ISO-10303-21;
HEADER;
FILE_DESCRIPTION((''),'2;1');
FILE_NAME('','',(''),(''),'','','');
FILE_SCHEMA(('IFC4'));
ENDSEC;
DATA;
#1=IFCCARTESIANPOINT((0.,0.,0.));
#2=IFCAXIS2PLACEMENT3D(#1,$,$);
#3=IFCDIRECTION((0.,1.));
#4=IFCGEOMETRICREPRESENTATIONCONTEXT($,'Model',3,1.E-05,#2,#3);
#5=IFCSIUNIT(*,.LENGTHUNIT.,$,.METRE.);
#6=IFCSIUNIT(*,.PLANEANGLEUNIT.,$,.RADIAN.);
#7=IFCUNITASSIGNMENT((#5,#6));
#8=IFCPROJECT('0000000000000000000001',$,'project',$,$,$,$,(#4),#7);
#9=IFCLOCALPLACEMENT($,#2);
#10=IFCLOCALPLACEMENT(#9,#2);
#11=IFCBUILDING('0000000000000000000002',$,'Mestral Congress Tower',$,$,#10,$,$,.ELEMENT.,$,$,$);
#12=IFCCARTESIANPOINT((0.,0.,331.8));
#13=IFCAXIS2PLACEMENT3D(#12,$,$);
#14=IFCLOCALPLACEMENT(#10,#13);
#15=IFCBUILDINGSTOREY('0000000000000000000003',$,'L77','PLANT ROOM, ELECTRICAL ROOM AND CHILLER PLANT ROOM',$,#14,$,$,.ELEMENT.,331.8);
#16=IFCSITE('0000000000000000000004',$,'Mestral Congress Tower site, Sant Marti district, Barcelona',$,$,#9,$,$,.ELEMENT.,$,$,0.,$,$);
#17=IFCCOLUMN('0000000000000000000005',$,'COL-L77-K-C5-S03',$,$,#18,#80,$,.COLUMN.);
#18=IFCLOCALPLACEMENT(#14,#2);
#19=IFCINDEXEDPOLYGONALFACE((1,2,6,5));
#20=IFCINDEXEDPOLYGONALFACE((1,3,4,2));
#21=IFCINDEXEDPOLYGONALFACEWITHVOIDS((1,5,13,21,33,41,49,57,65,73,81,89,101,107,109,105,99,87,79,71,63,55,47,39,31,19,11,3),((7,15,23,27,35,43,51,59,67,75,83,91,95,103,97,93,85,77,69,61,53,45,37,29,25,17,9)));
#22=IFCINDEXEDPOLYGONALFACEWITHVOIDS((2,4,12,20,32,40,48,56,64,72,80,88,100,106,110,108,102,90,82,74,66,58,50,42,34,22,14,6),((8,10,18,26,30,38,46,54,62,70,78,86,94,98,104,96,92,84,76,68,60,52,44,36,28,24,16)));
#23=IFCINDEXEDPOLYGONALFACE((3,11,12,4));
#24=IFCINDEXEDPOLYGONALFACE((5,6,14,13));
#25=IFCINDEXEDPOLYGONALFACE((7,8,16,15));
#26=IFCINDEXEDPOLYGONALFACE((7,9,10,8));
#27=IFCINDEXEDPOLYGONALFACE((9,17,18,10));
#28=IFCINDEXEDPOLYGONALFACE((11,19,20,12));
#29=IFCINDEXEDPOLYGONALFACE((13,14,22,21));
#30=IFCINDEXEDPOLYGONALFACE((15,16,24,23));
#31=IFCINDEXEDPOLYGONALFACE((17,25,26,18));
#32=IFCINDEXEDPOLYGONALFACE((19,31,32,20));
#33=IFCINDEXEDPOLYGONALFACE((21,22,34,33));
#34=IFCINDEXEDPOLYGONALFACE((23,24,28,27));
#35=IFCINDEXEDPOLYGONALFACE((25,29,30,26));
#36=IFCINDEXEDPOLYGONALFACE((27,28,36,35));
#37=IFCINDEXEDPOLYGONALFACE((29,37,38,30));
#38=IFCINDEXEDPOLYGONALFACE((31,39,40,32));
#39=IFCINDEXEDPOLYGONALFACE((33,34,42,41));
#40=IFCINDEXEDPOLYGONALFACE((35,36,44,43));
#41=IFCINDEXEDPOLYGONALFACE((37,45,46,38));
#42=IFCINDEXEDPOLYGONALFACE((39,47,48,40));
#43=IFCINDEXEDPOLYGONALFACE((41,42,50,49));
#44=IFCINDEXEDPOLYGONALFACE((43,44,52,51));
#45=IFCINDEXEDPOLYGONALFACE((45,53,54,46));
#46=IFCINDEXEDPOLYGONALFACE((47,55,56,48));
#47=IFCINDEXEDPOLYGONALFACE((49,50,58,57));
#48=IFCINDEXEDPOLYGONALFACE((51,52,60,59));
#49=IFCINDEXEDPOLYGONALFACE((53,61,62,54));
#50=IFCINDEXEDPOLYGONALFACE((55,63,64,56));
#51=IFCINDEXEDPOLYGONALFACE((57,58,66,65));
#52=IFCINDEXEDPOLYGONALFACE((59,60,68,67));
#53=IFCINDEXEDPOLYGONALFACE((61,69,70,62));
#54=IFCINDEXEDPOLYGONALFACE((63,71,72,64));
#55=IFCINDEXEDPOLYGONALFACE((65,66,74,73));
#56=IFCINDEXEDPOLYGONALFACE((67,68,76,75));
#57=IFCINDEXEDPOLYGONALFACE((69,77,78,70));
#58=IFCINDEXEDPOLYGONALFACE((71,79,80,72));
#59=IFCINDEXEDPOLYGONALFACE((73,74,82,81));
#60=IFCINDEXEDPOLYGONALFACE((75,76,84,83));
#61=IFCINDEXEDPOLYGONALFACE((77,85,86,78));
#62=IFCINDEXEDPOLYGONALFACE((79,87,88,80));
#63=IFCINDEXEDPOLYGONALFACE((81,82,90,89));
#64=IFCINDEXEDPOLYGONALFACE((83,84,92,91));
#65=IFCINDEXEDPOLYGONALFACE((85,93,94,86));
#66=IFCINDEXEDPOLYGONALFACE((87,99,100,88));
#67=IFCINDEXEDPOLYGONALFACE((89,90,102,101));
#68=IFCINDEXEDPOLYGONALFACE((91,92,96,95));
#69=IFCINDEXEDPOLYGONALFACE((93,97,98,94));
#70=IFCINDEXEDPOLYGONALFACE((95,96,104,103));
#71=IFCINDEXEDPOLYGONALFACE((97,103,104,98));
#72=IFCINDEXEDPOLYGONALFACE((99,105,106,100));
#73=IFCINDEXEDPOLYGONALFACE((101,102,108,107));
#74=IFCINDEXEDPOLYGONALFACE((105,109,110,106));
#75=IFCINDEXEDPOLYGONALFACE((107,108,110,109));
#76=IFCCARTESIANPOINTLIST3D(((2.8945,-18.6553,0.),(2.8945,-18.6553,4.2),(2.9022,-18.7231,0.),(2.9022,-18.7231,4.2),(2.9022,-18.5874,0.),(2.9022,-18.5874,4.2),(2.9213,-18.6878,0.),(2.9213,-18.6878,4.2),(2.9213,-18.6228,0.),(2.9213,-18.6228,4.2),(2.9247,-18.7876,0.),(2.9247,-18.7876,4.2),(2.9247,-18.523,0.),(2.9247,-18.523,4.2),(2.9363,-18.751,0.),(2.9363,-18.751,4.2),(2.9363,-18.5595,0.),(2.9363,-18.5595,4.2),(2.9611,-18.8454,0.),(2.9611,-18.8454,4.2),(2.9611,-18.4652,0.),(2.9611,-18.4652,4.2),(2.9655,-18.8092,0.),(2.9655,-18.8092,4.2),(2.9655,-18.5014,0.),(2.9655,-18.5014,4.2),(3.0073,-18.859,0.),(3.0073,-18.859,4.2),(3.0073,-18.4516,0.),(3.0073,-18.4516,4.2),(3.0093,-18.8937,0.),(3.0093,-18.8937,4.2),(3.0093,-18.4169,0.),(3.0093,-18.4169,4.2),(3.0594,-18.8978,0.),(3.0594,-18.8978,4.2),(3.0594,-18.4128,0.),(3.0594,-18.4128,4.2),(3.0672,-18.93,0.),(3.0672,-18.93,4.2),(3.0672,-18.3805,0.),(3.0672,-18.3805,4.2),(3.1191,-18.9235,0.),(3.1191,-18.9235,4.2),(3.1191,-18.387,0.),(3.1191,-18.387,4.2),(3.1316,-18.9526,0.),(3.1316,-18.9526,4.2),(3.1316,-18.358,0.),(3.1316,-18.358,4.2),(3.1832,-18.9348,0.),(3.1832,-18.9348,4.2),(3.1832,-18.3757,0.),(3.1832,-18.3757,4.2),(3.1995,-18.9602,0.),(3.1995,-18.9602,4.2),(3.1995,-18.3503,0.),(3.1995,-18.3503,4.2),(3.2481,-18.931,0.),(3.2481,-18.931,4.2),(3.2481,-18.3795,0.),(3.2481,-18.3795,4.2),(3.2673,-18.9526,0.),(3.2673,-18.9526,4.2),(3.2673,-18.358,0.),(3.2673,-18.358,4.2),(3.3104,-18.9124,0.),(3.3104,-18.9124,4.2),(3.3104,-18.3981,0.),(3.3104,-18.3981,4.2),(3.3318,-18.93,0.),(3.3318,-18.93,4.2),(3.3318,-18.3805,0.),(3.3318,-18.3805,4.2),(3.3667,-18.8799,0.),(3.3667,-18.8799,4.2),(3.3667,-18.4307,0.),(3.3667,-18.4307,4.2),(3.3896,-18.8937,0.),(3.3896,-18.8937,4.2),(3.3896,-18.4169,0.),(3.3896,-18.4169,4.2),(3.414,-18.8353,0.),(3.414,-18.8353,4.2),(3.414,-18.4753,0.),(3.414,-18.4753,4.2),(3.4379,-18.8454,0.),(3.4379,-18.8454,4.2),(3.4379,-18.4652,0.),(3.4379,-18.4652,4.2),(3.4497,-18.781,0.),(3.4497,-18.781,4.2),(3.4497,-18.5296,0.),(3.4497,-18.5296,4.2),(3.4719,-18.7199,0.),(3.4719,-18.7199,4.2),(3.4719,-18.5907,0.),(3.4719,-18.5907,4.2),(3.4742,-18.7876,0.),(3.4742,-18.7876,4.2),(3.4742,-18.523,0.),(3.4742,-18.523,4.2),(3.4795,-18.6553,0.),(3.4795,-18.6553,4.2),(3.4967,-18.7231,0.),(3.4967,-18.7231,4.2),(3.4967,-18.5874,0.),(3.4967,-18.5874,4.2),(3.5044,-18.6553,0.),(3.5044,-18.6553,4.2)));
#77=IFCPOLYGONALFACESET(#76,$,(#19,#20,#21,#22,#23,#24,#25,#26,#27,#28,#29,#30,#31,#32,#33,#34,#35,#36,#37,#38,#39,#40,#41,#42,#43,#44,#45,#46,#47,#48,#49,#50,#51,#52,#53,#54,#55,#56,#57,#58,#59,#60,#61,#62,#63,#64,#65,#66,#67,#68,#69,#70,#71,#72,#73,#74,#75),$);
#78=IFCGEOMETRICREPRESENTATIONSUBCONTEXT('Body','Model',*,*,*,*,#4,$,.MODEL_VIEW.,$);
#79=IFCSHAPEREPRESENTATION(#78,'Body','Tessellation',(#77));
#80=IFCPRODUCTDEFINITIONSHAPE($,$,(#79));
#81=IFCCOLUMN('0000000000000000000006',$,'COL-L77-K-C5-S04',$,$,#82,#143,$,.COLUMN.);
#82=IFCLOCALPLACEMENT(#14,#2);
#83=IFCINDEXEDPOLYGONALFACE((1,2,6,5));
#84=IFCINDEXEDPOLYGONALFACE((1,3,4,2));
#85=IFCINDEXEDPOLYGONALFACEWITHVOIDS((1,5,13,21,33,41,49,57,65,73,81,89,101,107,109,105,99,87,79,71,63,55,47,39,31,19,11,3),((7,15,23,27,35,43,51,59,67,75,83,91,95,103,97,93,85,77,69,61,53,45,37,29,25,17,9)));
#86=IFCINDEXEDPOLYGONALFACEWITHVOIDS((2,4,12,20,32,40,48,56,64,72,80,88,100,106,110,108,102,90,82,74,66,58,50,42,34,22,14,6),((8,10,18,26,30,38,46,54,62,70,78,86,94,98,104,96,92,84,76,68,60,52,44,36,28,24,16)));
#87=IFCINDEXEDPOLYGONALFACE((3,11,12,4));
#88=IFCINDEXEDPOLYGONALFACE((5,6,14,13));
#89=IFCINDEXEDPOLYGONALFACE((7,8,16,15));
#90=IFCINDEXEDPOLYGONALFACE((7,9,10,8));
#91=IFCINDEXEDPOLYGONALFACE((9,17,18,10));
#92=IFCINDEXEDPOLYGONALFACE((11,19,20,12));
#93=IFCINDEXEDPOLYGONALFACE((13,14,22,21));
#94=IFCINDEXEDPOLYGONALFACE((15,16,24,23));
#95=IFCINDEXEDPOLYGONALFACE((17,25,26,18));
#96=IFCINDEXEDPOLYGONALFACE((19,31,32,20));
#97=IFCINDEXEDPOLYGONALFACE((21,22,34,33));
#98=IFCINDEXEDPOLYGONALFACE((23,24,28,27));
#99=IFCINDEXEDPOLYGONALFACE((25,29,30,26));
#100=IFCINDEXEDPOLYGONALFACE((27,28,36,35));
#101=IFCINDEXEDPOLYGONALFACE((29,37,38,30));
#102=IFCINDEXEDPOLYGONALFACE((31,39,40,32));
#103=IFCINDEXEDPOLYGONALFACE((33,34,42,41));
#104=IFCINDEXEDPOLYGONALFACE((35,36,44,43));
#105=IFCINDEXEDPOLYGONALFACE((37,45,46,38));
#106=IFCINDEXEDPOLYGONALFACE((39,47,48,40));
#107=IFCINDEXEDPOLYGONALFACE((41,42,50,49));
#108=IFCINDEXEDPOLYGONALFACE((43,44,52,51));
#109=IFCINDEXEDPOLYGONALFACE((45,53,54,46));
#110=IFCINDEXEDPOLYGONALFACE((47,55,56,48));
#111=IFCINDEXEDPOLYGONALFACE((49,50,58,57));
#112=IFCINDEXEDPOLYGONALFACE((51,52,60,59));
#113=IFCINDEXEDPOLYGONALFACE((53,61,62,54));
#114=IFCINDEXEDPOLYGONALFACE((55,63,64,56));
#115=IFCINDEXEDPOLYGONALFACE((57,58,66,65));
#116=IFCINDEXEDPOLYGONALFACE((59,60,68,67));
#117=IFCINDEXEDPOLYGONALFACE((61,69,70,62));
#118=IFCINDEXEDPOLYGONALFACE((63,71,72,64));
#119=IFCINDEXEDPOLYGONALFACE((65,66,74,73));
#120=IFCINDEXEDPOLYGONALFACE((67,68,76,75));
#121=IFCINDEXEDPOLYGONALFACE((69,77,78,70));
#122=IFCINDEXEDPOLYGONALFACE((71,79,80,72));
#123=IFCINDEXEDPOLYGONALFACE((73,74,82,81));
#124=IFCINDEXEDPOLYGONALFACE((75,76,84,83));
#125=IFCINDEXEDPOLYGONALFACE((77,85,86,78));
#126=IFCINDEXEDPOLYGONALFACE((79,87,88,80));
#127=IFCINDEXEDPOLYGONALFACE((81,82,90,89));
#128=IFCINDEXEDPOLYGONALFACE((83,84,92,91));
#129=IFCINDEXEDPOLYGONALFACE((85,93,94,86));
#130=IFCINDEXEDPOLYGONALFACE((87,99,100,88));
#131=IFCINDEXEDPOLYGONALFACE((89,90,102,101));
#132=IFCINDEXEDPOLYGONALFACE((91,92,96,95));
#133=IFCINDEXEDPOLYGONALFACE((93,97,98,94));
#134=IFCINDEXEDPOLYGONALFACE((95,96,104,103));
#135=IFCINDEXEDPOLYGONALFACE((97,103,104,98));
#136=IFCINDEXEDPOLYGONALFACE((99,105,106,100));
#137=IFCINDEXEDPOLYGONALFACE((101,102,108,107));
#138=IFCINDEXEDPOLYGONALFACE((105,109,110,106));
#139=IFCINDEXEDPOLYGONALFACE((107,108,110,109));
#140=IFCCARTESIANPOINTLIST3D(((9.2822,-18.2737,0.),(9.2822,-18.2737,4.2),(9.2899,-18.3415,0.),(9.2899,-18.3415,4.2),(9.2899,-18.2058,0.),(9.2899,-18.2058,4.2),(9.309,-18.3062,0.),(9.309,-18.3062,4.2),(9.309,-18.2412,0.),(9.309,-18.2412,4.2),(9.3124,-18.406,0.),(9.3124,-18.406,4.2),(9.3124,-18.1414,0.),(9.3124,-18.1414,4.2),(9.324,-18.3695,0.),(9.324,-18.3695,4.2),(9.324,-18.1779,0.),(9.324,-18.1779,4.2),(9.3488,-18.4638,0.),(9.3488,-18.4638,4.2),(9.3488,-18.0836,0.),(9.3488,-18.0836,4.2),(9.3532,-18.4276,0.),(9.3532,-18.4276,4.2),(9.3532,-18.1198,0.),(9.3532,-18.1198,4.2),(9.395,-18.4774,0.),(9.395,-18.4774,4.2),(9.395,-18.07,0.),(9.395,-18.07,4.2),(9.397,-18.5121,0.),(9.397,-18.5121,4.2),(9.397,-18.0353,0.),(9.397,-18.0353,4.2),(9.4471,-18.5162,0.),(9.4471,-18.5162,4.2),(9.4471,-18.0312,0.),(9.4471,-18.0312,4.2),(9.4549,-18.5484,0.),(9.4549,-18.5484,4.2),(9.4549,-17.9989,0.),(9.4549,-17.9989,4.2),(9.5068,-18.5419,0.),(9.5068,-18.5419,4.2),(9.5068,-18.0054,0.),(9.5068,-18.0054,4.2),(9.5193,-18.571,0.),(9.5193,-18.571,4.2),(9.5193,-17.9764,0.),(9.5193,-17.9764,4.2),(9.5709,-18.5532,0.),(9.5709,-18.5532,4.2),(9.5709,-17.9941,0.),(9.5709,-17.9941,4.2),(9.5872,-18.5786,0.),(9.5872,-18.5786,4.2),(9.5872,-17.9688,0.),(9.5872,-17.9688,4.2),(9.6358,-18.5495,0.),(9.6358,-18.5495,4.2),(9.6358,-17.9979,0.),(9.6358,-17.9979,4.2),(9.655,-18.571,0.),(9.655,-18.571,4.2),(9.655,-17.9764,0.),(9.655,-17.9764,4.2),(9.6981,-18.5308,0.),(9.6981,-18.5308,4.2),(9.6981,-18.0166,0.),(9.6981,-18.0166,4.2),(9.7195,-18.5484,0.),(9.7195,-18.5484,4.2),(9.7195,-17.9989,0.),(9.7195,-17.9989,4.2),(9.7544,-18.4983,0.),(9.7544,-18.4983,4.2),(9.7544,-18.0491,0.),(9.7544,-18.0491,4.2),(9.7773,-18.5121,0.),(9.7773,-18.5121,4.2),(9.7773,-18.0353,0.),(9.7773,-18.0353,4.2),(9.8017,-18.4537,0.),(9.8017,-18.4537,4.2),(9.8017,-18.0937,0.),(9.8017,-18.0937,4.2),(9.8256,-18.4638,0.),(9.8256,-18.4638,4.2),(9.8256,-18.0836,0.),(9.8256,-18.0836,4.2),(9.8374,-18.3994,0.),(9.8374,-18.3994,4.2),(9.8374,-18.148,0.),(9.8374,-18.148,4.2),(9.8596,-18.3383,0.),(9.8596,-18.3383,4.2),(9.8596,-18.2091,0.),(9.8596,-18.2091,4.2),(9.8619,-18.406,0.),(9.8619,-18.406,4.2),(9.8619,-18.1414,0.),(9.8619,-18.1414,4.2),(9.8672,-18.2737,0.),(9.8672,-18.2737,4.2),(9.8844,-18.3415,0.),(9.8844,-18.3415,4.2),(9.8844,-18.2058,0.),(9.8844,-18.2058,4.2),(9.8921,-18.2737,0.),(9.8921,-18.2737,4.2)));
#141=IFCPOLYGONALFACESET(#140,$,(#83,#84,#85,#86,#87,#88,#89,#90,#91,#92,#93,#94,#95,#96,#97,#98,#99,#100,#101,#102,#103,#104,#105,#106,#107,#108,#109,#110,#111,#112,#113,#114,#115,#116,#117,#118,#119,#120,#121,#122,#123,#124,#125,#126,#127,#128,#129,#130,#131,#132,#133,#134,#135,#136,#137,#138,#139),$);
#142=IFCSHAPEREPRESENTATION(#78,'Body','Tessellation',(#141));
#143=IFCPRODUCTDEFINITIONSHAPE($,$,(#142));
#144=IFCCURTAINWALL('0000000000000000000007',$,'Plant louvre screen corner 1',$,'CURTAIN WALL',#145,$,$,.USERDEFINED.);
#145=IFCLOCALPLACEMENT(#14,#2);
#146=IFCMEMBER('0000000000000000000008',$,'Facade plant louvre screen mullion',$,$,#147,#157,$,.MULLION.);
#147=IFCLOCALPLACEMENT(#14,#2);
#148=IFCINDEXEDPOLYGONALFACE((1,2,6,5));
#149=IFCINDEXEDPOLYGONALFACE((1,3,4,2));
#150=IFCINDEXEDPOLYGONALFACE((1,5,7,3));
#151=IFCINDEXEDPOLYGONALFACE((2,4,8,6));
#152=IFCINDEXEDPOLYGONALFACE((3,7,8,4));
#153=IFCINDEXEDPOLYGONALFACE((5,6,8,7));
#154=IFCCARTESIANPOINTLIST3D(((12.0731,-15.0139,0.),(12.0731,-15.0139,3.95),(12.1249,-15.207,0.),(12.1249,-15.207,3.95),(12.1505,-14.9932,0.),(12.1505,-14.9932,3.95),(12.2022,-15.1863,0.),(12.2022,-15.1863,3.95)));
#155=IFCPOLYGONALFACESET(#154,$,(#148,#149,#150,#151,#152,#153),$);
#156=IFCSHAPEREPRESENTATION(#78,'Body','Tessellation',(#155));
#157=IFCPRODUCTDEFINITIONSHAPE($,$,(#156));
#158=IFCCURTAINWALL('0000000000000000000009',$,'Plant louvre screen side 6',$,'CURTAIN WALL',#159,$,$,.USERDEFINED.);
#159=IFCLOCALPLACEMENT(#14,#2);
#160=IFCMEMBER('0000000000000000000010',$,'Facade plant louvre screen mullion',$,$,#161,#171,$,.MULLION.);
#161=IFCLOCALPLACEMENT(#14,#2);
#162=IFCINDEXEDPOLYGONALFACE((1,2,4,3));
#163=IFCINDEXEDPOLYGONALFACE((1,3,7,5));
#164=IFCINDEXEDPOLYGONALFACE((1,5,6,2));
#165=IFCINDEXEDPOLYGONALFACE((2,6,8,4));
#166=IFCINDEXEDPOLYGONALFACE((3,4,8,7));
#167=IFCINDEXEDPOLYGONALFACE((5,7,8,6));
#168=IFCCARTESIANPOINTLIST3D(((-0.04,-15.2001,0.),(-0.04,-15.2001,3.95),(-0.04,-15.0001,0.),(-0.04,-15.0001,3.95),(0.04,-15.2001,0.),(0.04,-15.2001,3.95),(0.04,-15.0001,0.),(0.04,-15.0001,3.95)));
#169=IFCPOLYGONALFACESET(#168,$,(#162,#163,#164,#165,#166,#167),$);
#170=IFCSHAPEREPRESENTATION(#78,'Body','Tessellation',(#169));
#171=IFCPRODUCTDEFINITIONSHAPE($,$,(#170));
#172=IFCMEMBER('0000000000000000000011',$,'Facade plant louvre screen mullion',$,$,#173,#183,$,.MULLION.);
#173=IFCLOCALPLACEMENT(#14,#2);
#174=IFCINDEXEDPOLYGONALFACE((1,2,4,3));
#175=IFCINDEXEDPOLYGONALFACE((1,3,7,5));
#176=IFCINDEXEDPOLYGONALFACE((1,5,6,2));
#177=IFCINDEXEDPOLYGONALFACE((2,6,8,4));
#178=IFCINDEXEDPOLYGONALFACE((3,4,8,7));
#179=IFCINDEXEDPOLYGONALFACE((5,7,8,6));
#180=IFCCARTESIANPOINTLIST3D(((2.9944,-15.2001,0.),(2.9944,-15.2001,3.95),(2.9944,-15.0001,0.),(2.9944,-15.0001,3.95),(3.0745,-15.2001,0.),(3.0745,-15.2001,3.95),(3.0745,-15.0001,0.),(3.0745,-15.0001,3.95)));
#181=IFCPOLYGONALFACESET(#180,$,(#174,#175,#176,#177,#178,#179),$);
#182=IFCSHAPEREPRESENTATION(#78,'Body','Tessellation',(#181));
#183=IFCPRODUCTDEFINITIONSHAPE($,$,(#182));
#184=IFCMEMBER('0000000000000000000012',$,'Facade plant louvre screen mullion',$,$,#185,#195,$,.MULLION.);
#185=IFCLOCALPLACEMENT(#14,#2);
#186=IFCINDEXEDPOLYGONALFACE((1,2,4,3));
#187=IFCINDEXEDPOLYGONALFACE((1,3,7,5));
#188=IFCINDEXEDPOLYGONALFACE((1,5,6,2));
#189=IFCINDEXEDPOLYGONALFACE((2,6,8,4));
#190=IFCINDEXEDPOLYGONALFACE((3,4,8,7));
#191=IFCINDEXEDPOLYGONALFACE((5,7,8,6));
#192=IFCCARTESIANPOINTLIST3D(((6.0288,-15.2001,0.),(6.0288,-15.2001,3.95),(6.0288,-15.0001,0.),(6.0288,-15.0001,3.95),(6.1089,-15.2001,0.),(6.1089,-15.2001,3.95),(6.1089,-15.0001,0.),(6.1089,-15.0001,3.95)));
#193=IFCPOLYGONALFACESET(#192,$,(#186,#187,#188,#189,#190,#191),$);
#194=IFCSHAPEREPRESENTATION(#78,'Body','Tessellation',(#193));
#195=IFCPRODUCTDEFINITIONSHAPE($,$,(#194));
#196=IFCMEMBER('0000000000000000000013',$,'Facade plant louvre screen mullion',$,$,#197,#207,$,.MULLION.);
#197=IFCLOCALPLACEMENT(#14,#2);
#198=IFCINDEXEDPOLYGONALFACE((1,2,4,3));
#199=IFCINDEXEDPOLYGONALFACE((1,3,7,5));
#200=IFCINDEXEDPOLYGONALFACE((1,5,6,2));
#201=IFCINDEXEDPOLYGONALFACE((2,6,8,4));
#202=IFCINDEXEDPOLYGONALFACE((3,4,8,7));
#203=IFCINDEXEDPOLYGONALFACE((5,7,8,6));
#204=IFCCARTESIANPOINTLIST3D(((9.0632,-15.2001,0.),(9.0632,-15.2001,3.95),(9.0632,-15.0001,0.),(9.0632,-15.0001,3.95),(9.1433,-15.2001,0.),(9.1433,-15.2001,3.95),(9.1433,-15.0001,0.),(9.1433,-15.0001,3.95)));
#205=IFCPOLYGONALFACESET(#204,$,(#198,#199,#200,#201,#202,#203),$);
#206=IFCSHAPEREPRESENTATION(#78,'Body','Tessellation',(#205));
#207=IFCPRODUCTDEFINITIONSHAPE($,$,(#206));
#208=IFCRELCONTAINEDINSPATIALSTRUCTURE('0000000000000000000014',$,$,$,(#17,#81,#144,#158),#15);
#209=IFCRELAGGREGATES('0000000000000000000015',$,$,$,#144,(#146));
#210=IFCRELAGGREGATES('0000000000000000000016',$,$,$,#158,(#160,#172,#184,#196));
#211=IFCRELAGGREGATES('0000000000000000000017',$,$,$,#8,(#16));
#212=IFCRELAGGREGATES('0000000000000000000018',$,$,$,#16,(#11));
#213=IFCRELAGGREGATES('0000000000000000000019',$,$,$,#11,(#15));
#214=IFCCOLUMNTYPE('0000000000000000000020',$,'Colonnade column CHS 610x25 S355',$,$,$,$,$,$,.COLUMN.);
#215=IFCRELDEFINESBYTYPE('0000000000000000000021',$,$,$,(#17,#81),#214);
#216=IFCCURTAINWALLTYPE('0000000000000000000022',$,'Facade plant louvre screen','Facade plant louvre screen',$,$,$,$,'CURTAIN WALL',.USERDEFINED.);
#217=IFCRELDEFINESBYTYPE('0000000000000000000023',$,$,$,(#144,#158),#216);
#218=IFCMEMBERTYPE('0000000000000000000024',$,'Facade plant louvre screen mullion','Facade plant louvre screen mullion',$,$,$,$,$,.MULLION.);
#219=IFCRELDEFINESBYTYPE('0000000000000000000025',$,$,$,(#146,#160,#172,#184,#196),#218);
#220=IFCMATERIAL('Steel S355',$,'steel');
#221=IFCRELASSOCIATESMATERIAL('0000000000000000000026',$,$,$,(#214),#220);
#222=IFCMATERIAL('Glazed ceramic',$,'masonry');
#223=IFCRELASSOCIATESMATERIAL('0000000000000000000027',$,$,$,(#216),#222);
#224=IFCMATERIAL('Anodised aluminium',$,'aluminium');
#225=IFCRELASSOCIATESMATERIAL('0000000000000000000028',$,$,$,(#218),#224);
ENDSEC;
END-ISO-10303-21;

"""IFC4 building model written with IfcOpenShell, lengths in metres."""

from ifc_helpers import new_model, si_unit, direction, frame, origin, origin_2d, place, context, subcontext, project, spatial, rectangle, hollow_circle, extrude, material, material_profile, profile_set, type_object, element, aggregate, save


model = new_model("IFC4")

# Units and contexts
model_context = context("Model", 3, precision=1e-05, world=origin(), true_north=direction((0.0, 1.0)))
body_context = subcontext(model_context, "Body", "Model", "MODEL_VIEW")
ifc_project = project(units=[si_unit("LENGTHUNIT", "METRE"), si_unit("PLANEANGLEUNIT", "RADIAN")], contexts=[model_context])

# Site, building, storey
site_placement = place(None, origin())
site = spatial("IfcSite", under=ifc_project, at=site_placement, Name="Mestral Congress Tower site, Sant Marti district, Barcelona", CompositionType="ELEMENT", RefElevation=0.0)
building_placement = place(site_placement, origin())
building = spatial("IfcBuilding", under=site, at=building_placement, Name="Mestral Congress Tower", CompositionType="ELEMENT")
storey_placement = place(building_placement, frame((0.0, 0.0, 331.8)))
storey = spatial("IfcBuildingStorey", under=building, at=storey_placement, Name="L77", Description="PLANT ROOM, ELECTRICAL ROOM AND CHILLER PLANT ROOM", CompositionType="ELEMENT", Elevation=331.8)

# Columns
ifc_material_1 = material(Name="Steel S355", Category="steel")
ifc_material_profile_1 = material_profile(ifc_material_1, hollow_circle(Radius=0.3049, WallThickness=0.0249, at=origin_2d()), Name="CHS 610x25")
ifc_profile_set_1 = profile_set([ifc_material_profile_1], Name="Steel S355")
column_type = type_object("IfcColumnType", Name="Colonnade column CHS 610x25 S355", PredefinedType="COLUMN", material=ifc_profile_set_1)
for number, where, z_axis, x_axis, name in (
    (1, (3.1995, -18.6553, 0.0), (0.0, 0.0, 1.0), (1.0, 0.0, 0.0), "COL-L77-K-C5-S03"),
    (2, (9.5872, -18.2737, 0.0), (0.0, 0.0, 1.0), (1.0, 0.0, 0.0), "COL-L77-K-C5-S04"),
):
    element("IfcColumn", number, at=place(storey_placement, frame(where, z_axis=z_axis, x_axis=x_axis)), inside=storey, type_object=column_type, Name=name, PredefinedType="COLUMN", context=body_context, shape_type="SweptSolid", body=[
        extrude(hollow_circle(Radius=0.3049, WallThickness=0.0249, at=origin_2d()), origin(), (0.0, 0.0, 1.0), 4.2),
    ])

# Curtain wall, member
ifc_material_2 = material(Name="Glazed ceramic", Category="masonry")
curtain_wall_type = type_object("IfcCurtainWallType", Name="Facade plant louvre screen", Description="Facade plant louvre screen", ElementType="CURTAIN WALL", PredefinedType="USERDEFINED", material=ifc_material_2)
placement = place(storey_placement, origin())
curtain_wall_1 = element("IfcCurtainWall", 3, at=placement, inside=storey, type_object=curtain_wall_type, Name="Plant louvre screen corner 1", ObjectType="CURTAIN WALL", PredefinedType="USERDEFINED")
ifc_material_3 = material(Name="Anodised aluminium", Category="aluminium")
ifc_material_profile_2 = material_profile(ifc_material_3, rectangle(XDim=0.2, YDim=0.0801, at=origin_2d()), Name="CW6 mullion 200 x 80")
ifc_profile_set_2 = profile_set([ifc_material_profile_2], Name="Anodised aluminium")
member_type_1 = type_object("IfcMemberType", Name="Facade plant louvre screen mullion", Description="Facade plant louvre screen mullion", PredefinedType="MULLION", material=ifc_profile_set_2)
member_1_placement = place(storey_placement, frame((12.1377, -15.1001, 0.0), z_axis=(0.0, 0.0, 1.0), x_axis=(0.258819, -0.965926, 0.0)))
member_1 = element("IfcMember", 4, at=member_1_placement, type_object=member_type_1, Name="Facade plant louvre screen mullion", PredefinedType="MULLION", context=body_context, shape_type="SweptSolid", body=[
    extrude(rectangle(XDim=0.2, YDim=0.0801, at=origin_2d()), origin(), (0.0, 0.0, 1.0), 3.95),
])
aggregate(curtain_wall_1, [member_1])

# Curtain wall, members
curtain_wall_2 = element("IfcCurtainWall", 5, at=placement, inside=storey, type_object=curtain_wall_type, Name="Plant louvre screen side 6", ObjectType="CURTAIN WALL", PredefinedType="USERDEFINED")
member_2_placement = place(storey_placement, frame((0.0, -15.1001, 0.0), z_axis=(0.0, 0.0, 1.0), x_axis=(0.0, -1.0, 0.0)))
member_2 = element("IfcMember", 6, at=member_2_placement, type_object=member_type_1, Name="Facade plant louvre screen mullion", PredefinedType="MULLION", context=body_context, shape_type="SweptSolid", body=[
    extrude(rectangle(XDim=0.2, YDim=0.0801, at=origin_2d()), origin(), (0.0, 0.0, 1.0), 3.95),
])
member_3_placement = place(storey_placement, frame((3.0344, -15.1001, 0.0), z_axis=(0.0, 0.0, 1.0), x_axis=(0.0, -1.0, 0.0)))
member_3 = element("IfcMember", 7, at=member_3_placement, type_object=member_type_1, Name="Facade plant louvre screen mullion", PredefinedType="MULLION", context=body_context, shape_type="SweptSolid", body=[
    extrude(rectangle(XDim=0.2, YDim=0.0801, at=origin_2d()), origin(), (0.0, 0.0, 1.0), 3.95),
])
member_4_placement = place(storey_placement, frame((6.0688, -15.1001, 0.0), z_axis=(0.0, 0.0, 1.0), x_axis=(0.0, -1.0, 0.0)))
member_4 = element("IfcMember", 8, at=member_4_placement, type_object=member_type_1, Name="Facade plant louvre screen mullion", PredefinedType="MULLION", context=body_context, shape_type="SweptSolid", body=[
    extrude(rectangle(XDim=0.2, YDim=0.0801, at=origin_2d()), origin(), (0.0, 0.0, 1.0), 3.95),
])
member_5_placement = place(storey_placement, frame((9.1033, -15.1001, 0.0), z_axis=(0.0, 0.0, 1.0), x_axis=(0.0, -1.0, 0.0)))
member_5 = element("IfcMember", 9, at=member_5_placement, type_object=member_type_1, Name="Facade plant louvre screen mullion", PredefinedType="MULLION", context=body_context, shape_type="SweptSolid", body=[
    extrude(rectangle(XDim=0.2, YDim=0.0801, at=origin_2d()), origin(), (0.0, 0.0, 1.0), 3.95),
])

aggregate(curtain_wall_2, [member_2, member_3, member_4, member_5])

save(model, "model.ifc")
